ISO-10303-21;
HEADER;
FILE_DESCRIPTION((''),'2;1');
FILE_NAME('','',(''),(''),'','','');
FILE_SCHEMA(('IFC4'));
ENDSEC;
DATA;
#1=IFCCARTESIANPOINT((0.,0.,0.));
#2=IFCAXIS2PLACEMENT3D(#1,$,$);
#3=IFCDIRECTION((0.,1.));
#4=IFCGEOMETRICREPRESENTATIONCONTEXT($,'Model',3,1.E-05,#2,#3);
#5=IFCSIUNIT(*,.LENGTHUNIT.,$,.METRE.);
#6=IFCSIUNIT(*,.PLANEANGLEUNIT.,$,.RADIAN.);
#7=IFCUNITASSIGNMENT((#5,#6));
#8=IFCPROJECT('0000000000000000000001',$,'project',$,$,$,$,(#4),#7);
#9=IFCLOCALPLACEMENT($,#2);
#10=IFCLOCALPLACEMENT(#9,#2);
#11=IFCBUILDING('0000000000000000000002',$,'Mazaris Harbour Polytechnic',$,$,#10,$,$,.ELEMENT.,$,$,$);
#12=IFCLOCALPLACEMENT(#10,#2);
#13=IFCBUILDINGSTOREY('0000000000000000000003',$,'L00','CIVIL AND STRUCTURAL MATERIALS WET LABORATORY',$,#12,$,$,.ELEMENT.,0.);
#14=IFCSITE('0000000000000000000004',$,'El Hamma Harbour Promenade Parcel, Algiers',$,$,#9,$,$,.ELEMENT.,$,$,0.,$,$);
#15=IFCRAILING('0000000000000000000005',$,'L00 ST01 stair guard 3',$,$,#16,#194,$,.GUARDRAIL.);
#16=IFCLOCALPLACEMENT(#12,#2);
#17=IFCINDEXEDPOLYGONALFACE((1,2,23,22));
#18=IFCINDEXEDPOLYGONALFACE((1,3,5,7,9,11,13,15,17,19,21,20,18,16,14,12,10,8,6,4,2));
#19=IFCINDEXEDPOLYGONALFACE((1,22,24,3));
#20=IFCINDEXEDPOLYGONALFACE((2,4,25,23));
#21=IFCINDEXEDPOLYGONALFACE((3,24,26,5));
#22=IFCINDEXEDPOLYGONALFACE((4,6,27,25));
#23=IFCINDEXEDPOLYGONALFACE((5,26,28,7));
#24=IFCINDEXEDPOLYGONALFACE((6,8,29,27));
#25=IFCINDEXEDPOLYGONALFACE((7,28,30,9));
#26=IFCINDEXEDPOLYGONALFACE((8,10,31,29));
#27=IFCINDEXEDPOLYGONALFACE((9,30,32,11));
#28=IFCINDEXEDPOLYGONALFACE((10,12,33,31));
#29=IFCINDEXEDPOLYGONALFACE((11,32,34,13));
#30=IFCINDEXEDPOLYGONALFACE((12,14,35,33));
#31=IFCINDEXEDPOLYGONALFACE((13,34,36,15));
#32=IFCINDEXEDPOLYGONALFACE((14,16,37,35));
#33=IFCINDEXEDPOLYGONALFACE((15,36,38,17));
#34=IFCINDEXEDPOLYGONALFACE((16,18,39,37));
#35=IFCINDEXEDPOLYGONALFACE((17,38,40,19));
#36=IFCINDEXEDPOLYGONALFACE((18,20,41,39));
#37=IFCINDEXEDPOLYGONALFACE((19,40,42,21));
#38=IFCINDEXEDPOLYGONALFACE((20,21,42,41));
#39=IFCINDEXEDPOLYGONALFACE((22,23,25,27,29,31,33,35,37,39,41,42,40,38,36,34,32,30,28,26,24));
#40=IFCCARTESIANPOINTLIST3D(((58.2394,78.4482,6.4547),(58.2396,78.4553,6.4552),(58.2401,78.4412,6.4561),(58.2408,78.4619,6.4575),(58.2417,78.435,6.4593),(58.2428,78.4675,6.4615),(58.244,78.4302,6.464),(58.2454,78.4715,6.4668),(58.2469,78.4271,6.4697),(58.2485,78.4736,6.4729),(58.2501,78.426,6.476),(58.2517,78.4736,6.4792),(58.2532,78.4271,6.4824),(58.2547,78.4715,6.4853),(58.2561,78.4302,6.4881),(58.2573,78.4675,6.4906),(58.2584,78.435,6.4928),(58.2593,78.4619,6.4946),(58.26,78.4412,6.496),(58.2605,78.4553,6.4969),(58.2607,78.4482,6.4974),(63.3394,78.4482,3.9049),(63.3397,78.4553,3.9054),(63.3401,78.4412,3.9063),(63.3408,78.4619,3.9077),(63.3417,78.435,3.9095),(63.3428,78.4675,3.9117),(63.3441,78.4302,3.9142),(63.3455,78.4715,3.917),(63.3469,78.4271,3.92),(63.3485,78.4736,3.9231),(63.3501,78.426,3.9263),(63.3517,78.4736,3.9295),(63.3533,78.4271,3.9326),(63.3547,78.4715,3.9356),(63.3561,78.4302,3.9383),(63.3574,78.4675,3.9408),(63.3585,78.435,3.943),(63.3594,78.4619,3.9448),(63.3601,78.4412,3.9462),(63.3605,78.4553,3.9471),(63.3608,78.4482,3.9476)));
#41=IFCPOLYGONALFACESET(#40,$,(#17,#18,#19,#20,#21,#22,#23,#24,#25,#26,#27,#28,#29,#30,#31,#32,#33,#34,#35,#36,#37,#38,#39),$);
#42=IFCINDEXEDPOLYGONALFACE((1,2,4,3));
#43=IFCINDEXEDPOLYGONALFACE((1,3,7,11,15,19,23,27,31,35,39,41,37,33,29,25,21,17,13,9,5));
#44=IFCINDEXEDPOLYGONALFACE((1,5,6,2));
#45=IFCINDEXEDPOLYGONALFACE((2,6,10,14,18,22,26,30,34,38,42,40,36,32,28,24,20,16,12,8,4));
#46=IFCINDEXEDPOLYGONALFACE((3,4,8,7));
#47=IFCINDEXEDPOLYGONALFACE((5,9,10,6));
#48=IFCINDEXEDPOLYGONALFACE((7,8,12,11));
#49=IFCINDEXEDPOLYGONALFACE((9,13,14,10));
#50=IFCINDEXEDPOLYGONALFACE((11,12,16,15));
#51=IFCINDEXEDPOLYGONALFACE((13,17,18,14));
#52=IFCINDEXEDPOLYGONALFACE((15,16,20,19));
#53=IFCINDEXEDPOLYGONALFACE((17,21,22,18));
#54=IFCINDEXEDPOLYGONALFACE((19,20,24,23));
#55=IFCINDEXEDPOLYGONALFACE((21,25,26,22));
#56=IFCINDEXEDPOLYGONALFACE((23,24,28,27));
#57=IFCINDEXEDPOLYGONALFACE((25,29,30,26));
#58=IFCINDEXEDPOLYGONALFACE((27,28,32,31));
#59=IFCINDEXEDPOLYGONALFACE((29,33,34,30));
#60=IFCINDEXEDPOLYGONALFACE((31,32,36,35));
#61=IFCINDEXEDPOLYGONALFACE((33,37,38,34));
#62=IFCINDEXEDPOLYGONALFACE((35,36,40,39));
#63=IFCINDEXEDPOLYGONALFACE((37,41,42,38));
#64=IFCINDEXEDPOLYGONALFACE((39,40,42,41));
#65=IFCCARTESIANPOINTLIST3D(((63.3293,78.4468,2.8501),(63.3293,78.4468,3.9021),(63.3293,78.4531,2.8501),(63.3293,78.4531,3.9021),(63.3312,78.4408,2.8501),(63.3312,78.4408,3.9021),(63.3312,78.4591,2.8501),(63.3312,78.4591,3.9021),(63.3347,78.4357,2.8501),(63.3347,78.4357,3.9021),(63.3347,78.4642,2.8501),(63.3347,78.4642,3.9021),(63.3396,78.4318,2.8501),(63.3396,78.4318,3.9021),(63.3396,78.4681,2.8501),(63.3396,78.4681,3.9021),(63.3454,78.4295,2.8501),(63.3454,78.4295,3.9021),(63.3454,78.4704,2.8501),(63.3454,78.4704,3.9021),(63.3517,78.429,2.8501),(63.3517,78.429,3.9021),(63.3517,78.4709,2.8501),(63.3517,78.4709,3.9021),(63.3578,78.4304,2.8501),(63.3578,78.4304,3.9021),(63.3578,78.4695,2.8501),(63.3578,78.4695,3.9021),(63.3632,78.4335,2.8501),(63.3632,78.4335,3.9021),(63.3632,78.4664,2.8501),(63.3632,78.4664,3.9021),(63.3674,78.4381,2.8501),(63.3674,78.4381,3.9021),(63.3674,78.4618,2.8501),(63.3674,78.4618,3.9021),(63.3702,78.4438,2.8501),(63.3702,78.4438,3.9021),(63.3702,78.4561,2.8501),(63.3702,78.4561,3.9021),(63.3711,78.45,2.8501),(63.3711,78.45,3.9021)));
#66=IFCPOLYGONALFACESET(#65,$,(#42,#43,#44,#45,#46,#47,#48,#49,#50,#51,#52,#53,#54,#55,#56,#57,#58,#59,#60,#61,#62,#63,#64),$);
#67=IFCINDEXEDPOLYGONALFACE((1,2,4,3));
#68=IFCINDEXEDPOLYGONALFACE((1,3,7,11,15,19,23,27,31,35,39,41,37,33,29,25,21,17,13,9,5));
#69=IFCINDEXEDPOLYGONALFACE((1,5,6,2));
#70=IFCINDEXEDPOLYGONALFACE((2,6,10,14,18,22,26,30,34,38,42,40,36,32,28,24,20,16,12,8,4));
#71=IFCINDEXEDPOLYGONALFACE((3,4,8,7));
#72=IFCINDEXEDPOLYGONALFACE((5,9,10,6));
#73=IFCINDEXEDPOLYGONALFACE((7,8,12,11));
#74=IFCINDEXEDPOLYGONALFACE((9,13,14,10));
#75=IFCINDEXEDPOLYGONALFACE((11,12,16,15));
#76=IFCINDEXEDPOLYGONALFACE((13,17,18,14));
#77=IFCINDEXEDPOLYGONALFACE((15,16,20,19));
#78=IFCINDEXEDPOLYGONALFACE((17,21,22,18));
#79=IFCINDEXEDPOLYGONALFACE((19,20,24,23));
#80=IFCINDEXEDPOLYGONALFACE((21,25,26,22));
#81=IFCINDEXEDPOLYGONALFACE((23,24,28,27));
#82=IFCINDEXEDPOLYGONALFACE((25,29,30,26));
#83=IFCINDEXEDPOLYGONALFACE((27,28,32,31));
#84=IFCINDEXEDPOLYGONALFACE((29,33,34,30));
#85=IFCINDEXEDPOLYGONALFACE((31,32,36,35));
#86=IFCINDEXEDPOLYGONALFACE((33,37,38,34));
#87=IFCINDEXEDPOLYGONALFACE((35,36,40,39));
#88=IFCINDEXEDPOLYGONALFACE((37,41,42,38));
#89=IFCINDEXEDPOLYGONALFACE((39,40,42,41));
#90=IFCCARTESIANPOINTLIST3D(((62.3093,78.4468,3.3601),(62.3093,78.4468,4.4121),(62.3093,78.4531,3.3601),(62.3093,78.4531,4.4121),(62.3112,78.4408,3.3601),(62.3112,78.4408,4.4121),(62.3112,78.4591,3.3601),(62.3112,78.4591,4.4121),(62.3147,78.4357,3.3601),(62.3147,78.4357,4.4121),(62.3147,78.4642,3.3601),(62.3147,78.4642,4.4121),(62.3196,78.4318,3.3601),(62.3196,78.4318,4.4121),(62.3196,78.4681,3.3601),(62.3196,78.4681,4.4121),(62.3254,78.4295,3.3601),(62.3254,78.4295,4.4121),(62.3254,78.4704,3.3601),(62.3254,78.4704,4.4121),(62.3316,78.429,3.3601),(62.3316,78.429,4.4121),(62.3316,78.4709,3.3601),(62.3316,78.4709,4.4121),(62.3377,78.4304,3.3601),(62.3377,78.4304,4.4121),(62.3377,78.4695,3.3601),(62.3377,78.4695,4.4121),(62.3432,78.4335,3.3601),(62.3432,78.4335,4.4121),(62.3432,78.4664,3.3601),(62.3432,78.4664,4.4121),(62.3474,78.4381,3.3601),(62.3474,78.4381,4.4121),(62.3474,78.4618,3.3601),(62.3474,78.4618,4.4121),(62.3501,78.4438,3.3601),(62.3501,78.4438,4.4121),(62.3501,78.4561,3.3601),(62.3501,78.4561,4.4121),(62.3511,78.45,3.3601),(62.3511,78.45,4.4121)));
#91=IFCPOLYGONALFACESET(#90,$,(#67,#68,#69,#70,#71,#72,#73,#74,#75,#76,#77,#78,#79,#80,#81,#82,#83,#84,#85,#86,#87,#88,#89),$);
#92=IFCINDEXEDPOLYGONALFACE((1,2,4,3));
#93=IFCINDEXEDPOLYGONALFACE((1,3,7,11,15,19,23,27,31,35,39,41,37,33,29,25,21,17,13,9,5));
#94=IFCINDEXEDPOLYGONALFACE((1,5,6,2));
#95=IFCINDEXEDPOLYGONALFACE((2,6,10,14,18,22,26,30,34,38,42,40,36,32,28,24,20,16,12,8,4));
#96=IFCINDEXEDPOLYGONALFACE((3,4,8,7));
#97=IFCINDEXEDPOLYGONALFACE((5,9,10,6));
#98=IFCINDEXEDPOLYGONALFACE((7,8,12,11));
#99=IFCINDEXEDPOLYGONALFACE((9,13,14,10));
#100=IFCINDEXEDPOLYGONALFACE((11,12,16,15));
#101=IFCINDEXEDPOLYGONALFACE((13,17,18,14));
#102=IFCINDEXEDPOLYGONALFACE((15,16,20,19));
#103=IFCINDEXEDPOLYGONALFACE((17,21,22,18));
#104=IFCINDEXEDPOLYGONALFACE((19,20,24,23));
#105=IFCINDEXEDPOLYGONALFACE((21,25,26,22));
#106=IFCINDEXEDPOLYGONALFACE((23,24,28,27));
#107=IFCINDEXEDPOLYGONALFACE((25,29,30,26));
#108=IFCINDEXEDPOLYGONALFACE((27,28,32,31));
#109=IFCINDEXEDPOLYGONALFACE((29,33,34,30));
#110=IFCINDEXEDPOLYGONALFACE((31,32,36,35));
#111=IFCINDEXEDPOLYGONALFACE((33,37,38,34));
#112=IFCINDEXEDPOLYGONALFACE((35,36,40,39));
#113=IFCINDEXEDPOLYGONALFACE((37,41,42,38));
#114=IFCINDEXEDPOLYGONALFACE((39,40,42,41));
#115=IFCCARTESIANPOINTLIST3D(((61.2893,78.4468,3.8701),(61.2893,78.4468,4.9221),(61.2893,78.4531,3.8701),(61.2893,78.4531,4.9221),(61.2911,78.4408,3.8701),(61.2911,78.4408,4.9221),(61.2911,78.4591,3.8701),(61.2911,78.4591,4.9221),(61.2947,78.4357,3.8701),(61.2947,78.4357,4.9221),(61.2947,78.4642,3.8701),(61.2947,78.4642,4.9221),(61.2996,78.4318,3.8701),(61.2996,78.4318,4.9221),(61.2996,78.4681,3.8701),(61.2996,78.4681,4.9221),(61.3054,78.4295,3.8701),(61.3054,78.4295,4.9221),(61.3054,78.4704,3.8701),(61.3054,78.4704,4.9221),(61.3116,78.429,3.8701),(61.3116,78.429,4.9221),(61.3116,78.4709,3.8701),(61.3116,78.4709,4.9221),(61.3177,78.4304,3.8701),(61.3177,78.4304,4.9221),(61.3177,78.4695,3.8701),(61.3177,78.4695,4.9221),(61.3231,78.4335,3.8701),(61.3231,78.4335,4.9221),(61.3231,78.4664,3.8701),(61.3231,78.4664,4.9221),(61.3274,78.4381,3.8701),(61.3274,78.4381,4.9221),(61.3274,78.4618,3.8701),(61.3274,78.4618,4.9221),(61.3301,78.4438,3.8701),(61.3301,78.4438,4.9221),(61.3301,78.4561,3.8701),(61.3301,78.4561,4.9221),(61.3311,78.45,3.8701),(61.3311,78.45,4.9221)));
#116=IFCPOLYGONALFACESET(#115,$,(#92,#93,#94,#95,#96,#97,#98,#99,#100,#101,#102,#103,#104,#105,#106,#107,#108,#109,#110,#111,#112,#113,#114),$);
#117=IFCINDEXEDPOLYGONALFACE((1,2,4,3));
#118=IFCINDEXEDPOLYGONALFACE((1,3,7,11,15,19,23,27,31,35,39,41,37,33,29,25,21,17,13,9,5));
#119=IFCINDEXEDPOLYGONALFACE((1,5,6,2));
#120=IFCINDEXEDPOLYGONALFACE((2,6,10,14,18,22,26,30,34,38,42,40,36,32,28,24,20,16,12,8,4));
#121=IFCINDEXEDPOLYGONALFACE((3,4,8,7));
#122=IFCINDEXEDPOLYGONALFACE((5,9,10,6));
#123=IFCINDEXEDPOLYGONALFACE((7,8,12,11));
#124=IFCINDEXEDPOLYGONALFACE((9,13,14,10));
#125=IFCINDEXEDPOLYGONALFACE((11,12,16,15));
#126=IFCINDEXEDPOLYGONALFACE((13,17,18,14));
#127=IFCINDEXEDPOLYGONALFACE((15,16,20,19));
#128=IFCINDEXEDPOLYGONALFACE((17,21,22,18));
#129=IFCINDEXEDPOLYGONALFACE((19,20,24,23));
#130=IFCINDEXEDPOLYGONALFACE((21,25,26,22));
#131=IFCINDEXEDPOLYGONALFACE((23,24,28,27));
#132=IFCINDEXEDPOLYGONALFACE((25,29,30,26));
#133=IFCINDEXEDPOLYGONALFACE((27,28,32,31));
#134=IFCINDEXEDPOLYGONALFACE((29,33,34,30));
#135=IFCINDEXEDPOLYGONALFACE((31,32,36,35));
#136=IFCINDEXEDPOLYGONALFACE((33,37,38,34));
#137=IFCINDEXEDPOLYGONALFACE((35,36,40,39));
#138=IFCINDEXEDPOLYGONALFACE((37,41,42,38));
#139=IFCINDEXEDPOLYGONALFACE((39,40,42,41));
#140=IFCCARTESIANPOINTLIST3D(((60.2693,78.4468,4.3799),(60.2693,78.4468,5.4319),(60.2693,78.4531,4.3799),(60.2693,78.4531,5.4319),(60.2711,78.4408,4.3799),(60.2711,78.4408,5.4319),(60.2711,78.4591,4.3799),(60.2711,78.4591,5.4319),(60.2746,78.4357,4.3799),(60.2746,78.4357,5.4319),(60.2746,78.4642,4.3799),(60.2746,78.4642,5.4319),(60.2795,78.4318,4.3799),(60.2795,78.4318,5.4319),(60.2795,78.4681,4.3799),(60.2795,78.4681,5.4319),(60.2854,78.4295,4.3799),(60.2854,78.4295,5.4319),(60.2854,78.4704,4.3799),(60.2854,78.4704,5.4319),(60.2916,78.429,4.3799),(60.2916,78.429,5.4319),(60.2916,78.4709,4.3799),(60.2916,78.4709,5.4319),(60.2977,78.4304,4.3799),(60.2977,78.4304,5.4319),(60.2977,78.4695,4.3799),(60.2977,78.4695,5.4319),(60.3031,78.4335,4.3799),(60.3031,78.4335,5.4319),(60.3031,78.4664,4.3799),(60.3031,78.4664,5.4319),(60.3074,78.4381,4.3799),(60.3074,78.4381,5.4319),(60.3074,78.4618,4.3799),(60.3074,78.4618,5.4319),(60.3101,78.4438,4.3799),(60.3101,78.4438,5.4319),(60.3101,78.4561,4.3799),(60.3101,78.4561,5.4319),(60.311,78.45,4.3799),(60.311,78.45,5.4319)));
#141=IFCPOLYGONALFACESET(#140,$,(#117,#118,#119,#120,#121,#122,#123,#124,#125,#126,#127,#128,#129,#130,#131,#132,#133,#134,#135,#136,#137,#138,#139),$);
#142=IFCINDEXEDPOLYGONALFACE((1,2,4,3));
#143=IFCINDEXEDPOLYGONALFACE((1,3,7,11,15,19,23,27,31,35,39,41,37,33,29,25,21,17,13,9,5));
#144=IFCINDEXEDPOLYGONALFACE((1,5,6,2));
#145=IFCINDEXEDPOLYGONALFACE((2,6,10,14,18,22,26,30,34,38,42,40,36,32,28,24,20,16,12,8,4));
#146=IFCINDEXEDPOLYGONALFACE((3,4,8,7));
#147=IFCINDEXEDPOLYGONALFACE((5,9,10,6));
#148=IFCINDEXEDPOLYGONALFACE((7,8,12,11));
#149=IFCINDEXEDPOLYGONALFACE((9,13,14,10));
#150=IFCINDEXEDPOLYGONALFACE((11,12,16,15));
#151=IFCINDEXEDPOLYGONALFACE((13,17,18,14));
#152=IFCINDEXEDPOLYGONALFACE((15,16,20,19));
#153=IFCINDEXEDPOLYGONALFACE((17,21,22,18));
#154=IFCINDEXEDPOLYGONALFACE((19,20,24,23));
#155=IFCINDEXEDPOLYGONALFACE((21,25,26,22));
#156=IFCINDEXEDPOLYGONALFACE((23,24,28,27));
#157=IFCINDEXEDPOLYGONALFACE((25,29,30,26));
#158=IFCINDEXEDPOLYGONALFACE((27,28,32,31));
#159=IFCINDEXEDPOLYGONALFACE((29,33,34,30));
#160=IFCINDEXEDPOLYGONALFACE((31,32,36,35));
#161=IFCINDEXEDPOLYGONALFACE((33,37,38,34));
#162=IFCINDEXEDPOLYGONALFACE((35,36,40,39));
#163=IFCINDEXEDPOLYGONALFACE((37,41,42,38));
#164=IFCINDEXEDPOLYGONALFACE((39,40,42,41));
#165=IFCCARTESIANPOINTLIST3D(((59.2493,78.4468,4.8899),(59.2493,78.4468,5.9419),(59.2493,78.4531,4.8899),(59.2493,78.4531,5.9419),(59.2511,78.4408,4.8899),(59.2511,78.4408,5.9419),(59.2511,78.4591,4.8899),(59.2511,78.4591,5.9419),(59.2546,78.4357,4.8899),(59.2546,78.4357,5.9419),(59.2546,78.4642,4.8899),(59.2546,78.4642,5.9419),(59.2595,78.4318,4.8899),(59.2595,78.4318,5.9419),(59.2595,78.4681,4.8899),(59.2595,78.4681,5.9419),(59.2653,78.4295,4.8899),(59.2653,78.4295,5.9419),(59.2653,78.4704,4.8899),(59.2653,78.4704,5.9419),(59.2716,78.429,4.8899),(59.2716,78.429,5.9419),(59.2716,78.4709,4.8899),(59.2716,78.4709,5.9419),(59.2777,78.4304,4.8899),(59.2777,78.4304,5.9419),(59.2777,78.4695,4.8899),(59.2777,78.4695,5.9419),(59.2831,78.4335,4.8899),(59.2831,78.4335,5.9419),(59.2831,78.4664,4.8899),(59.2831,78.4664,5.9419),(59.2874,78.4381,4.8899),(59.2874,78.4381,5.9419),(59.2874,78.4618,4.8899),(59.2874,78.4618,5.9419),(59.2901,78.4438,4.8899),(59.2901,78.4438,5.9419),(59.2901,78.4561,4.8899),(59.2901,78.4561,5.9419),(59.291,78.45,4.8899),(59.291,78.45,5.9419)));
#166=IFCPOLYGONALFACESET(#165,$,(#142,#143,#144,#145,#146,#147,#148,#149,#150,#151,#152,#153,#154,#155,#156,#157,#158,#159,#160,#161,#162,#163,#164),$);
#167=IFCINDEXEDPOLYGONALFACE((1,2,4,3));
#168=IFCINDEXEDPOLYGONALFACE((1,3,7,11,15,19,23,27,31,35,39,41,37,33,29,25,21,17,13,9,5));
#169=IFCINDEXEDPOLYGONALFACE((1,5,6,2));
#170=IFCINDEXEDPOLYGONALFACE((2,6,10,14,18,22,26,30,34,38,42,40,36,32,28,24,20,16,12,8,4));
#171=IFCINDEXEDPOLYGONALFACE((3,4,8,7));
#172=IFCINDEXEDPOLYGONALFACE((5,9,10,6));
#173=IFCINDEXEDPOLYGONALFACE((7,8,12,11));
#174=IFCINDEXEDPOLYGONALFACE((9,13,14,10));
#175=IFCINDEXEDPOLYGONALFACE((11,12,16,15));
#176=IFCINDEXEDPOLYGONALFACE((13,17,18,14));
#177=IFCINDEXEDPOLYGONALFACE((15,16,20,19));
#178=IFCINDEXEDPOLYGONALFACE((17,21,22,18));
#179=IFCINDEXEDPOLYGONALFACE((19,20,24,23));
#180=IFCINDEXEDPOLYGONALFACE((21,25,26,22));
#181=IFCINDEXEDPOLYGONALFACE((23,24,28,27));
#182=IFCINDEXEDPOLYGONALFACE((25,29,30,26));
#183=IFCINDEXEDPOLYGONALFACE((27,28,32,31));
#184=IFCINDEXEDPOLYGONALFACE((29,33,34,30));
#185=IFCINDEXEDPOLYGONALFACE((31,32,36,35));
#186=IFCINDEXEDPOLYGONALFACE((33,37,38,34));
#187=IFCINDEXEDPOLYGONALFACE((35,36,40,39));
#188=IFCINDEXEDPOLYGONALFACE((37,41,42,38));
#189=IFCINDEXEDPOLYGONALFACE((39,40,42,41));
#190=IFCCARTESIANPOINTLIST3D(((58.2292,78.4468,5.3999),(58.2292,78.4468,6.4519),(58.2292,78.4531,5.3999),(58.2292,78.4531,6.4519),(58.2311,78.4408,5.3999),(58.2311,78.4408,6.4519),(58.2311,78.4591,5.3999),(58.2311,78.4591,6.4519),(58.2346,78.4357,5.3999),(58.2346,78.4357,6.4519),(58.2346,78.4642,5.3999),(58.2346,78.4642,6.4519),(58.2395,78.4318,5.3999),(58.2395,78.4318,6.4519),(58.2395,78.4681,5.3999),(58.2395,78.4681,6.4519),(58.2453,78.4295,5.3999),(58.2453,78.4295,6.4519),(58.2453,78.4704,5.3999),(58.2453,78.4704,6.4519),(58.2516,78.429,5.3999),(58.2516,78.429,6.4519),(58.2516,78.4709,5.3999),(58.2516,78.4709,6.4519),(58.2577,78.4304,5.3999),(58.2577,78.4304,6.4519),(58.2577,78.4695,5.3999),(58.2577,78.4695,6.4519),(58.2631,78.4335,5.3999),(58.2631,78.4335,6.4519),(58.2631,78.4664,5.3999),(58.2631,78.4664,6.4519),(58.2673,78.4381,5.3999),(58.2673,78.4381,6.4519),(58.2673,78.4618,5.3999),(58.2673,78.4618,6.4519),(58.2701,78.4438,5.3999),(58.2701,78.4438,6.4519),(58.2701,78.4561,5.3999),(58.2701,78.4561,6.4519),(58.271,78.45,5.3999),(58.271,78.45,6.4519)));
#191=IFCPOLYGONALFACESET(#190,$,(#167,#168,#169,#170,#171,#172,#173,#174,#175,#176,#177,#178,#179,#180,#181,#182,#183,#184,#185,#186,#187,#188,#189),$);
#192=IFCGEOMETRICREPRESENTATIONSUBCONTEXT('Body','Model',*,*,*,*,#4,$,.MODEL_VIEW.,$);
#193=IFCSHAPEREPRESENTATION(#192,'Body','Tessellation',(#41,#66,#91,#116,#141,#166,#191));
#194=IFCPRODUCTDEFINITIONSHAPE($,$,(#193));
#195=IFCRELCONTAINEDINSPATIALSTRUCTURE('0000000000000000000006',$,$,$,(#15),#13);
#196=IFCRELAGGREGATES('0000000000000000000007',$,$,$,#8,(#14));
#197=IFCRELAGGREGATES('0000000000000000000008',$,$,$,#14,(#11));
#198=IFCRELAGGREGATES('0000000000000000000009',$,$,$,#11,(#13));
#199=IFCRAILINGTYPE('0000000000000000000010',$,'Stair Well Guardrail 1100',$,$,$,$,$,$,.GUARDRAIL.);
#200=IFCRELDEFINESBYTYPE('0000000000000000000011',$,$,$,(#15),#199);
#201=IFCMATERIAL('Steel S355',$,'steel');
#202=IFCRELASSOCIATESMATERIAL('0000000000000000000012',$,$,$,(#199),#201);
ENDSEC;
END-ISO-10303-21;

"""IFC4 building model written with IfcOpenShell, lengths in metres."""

from ifc_helpers import new_model, si_unit, direction, frame, origin, origin_2d, place, context, subcontext, project, spatial, circle, extrude, material, type_object, element, save


model = new_model("IFC4")

# Units and contexts
model_context = context("Model", 3, precision=1e-05, world=origin(), true_north=direction((0.0, 1.0)))
body_context = subcontext(model_context, "Body", "Model", "MODEL_VIEW")
ifc_project = project(units=[si_unit("LENGTHUNIT", "METRE"), si_unit("PLANEANGLEUNIT", "RADIAN")], contexts=[model_context])

# Site, building, storey
site_placement = place(None, origin())
site = spatial("IfcSite", under=ifc_project, at=site_placement, Name="El Hamma Harbour Promenade Parcel, Algiers", CompositionType="ELEMENT", RefElevation=0.0)
building_placement = place(site_placement, origin())
building = spatial("IfcBuilding", under=site, at=building_placement, Name="Mazaris Harbour Polytechnic", CompositionType="ELEMENT")
storey_placement = place(building_placement, origin())
storey = spatial("IfcBuildingStorey", under=building, at=storey_placement, Name="L00", Description="CIVIL AND STRUCTURAL MATERIALS WET LABORATORY", CompositionType="ELEMENT", Elevation=0.0)

# Railing
ifc_material_1 = material(Name="Steel S355", Category="steel")
railing_type_1 = type_object("IfcRailingType", Name="Stair Well Guardrail 1100", PredefinedType="GUARDRAIL", material=ifc_material_1)
railing_1_placement = place(storey_placement, frame((63.3501, 78.45, 2.8501)))
element("IfcRailing", 1, at=railing_1_placement, inside=storey, type_object=railing_type_1, Name="L00 ST01 stair guard 3", PredefinedType="GUARDRAIL", context=body_context, shape_type="SweptSolid", body=[
    extrude(circle(Radius=0.0239, at=origin_2d()), frame((0.0, 0.0, 1.0762), z_axis=(-0.894444, 0.0, 0.447179), x_axis=(0.0, -1.0, 0.0)), (0.0, 0.0, 1.0), 5.7019),
    extrude(circle(Radius=0.021, at=origin_2d()), origin(), (0.0, 0.0, 1.0), 1.052),
    extrude(circle(Radius=0.021, at=origin_2d()), frame((-1.02, 0.0, 0.51)), (0.0, 0.0, 1.0), 1.052),
    extrude(circle(Radius=0.021, at=origin_2d()), frame((-2.04, 0.0, 1.02)), (0.0, 0.0, 1.0), 1.052),
    extrude(circle(Radius=0.021, at=origin_2d()), frame((-3.0601, 0.0, 1.5298)), (0.0, 0.0, 1.0), 1.052),
    extrude(circle(Radius=0.021, at=origin_2d()), frame((-4.0801, 0.0, 2.0398)), (0.0, 0.0, 1.0), 1.052),
    extrude(circle(Radius=0.021, at=origin_2d()), frame((-5.1001, 0.0, 2.5498)), (0.0, 0.0, 1.0), 1.052),
])

save(model, "model.ifc")
